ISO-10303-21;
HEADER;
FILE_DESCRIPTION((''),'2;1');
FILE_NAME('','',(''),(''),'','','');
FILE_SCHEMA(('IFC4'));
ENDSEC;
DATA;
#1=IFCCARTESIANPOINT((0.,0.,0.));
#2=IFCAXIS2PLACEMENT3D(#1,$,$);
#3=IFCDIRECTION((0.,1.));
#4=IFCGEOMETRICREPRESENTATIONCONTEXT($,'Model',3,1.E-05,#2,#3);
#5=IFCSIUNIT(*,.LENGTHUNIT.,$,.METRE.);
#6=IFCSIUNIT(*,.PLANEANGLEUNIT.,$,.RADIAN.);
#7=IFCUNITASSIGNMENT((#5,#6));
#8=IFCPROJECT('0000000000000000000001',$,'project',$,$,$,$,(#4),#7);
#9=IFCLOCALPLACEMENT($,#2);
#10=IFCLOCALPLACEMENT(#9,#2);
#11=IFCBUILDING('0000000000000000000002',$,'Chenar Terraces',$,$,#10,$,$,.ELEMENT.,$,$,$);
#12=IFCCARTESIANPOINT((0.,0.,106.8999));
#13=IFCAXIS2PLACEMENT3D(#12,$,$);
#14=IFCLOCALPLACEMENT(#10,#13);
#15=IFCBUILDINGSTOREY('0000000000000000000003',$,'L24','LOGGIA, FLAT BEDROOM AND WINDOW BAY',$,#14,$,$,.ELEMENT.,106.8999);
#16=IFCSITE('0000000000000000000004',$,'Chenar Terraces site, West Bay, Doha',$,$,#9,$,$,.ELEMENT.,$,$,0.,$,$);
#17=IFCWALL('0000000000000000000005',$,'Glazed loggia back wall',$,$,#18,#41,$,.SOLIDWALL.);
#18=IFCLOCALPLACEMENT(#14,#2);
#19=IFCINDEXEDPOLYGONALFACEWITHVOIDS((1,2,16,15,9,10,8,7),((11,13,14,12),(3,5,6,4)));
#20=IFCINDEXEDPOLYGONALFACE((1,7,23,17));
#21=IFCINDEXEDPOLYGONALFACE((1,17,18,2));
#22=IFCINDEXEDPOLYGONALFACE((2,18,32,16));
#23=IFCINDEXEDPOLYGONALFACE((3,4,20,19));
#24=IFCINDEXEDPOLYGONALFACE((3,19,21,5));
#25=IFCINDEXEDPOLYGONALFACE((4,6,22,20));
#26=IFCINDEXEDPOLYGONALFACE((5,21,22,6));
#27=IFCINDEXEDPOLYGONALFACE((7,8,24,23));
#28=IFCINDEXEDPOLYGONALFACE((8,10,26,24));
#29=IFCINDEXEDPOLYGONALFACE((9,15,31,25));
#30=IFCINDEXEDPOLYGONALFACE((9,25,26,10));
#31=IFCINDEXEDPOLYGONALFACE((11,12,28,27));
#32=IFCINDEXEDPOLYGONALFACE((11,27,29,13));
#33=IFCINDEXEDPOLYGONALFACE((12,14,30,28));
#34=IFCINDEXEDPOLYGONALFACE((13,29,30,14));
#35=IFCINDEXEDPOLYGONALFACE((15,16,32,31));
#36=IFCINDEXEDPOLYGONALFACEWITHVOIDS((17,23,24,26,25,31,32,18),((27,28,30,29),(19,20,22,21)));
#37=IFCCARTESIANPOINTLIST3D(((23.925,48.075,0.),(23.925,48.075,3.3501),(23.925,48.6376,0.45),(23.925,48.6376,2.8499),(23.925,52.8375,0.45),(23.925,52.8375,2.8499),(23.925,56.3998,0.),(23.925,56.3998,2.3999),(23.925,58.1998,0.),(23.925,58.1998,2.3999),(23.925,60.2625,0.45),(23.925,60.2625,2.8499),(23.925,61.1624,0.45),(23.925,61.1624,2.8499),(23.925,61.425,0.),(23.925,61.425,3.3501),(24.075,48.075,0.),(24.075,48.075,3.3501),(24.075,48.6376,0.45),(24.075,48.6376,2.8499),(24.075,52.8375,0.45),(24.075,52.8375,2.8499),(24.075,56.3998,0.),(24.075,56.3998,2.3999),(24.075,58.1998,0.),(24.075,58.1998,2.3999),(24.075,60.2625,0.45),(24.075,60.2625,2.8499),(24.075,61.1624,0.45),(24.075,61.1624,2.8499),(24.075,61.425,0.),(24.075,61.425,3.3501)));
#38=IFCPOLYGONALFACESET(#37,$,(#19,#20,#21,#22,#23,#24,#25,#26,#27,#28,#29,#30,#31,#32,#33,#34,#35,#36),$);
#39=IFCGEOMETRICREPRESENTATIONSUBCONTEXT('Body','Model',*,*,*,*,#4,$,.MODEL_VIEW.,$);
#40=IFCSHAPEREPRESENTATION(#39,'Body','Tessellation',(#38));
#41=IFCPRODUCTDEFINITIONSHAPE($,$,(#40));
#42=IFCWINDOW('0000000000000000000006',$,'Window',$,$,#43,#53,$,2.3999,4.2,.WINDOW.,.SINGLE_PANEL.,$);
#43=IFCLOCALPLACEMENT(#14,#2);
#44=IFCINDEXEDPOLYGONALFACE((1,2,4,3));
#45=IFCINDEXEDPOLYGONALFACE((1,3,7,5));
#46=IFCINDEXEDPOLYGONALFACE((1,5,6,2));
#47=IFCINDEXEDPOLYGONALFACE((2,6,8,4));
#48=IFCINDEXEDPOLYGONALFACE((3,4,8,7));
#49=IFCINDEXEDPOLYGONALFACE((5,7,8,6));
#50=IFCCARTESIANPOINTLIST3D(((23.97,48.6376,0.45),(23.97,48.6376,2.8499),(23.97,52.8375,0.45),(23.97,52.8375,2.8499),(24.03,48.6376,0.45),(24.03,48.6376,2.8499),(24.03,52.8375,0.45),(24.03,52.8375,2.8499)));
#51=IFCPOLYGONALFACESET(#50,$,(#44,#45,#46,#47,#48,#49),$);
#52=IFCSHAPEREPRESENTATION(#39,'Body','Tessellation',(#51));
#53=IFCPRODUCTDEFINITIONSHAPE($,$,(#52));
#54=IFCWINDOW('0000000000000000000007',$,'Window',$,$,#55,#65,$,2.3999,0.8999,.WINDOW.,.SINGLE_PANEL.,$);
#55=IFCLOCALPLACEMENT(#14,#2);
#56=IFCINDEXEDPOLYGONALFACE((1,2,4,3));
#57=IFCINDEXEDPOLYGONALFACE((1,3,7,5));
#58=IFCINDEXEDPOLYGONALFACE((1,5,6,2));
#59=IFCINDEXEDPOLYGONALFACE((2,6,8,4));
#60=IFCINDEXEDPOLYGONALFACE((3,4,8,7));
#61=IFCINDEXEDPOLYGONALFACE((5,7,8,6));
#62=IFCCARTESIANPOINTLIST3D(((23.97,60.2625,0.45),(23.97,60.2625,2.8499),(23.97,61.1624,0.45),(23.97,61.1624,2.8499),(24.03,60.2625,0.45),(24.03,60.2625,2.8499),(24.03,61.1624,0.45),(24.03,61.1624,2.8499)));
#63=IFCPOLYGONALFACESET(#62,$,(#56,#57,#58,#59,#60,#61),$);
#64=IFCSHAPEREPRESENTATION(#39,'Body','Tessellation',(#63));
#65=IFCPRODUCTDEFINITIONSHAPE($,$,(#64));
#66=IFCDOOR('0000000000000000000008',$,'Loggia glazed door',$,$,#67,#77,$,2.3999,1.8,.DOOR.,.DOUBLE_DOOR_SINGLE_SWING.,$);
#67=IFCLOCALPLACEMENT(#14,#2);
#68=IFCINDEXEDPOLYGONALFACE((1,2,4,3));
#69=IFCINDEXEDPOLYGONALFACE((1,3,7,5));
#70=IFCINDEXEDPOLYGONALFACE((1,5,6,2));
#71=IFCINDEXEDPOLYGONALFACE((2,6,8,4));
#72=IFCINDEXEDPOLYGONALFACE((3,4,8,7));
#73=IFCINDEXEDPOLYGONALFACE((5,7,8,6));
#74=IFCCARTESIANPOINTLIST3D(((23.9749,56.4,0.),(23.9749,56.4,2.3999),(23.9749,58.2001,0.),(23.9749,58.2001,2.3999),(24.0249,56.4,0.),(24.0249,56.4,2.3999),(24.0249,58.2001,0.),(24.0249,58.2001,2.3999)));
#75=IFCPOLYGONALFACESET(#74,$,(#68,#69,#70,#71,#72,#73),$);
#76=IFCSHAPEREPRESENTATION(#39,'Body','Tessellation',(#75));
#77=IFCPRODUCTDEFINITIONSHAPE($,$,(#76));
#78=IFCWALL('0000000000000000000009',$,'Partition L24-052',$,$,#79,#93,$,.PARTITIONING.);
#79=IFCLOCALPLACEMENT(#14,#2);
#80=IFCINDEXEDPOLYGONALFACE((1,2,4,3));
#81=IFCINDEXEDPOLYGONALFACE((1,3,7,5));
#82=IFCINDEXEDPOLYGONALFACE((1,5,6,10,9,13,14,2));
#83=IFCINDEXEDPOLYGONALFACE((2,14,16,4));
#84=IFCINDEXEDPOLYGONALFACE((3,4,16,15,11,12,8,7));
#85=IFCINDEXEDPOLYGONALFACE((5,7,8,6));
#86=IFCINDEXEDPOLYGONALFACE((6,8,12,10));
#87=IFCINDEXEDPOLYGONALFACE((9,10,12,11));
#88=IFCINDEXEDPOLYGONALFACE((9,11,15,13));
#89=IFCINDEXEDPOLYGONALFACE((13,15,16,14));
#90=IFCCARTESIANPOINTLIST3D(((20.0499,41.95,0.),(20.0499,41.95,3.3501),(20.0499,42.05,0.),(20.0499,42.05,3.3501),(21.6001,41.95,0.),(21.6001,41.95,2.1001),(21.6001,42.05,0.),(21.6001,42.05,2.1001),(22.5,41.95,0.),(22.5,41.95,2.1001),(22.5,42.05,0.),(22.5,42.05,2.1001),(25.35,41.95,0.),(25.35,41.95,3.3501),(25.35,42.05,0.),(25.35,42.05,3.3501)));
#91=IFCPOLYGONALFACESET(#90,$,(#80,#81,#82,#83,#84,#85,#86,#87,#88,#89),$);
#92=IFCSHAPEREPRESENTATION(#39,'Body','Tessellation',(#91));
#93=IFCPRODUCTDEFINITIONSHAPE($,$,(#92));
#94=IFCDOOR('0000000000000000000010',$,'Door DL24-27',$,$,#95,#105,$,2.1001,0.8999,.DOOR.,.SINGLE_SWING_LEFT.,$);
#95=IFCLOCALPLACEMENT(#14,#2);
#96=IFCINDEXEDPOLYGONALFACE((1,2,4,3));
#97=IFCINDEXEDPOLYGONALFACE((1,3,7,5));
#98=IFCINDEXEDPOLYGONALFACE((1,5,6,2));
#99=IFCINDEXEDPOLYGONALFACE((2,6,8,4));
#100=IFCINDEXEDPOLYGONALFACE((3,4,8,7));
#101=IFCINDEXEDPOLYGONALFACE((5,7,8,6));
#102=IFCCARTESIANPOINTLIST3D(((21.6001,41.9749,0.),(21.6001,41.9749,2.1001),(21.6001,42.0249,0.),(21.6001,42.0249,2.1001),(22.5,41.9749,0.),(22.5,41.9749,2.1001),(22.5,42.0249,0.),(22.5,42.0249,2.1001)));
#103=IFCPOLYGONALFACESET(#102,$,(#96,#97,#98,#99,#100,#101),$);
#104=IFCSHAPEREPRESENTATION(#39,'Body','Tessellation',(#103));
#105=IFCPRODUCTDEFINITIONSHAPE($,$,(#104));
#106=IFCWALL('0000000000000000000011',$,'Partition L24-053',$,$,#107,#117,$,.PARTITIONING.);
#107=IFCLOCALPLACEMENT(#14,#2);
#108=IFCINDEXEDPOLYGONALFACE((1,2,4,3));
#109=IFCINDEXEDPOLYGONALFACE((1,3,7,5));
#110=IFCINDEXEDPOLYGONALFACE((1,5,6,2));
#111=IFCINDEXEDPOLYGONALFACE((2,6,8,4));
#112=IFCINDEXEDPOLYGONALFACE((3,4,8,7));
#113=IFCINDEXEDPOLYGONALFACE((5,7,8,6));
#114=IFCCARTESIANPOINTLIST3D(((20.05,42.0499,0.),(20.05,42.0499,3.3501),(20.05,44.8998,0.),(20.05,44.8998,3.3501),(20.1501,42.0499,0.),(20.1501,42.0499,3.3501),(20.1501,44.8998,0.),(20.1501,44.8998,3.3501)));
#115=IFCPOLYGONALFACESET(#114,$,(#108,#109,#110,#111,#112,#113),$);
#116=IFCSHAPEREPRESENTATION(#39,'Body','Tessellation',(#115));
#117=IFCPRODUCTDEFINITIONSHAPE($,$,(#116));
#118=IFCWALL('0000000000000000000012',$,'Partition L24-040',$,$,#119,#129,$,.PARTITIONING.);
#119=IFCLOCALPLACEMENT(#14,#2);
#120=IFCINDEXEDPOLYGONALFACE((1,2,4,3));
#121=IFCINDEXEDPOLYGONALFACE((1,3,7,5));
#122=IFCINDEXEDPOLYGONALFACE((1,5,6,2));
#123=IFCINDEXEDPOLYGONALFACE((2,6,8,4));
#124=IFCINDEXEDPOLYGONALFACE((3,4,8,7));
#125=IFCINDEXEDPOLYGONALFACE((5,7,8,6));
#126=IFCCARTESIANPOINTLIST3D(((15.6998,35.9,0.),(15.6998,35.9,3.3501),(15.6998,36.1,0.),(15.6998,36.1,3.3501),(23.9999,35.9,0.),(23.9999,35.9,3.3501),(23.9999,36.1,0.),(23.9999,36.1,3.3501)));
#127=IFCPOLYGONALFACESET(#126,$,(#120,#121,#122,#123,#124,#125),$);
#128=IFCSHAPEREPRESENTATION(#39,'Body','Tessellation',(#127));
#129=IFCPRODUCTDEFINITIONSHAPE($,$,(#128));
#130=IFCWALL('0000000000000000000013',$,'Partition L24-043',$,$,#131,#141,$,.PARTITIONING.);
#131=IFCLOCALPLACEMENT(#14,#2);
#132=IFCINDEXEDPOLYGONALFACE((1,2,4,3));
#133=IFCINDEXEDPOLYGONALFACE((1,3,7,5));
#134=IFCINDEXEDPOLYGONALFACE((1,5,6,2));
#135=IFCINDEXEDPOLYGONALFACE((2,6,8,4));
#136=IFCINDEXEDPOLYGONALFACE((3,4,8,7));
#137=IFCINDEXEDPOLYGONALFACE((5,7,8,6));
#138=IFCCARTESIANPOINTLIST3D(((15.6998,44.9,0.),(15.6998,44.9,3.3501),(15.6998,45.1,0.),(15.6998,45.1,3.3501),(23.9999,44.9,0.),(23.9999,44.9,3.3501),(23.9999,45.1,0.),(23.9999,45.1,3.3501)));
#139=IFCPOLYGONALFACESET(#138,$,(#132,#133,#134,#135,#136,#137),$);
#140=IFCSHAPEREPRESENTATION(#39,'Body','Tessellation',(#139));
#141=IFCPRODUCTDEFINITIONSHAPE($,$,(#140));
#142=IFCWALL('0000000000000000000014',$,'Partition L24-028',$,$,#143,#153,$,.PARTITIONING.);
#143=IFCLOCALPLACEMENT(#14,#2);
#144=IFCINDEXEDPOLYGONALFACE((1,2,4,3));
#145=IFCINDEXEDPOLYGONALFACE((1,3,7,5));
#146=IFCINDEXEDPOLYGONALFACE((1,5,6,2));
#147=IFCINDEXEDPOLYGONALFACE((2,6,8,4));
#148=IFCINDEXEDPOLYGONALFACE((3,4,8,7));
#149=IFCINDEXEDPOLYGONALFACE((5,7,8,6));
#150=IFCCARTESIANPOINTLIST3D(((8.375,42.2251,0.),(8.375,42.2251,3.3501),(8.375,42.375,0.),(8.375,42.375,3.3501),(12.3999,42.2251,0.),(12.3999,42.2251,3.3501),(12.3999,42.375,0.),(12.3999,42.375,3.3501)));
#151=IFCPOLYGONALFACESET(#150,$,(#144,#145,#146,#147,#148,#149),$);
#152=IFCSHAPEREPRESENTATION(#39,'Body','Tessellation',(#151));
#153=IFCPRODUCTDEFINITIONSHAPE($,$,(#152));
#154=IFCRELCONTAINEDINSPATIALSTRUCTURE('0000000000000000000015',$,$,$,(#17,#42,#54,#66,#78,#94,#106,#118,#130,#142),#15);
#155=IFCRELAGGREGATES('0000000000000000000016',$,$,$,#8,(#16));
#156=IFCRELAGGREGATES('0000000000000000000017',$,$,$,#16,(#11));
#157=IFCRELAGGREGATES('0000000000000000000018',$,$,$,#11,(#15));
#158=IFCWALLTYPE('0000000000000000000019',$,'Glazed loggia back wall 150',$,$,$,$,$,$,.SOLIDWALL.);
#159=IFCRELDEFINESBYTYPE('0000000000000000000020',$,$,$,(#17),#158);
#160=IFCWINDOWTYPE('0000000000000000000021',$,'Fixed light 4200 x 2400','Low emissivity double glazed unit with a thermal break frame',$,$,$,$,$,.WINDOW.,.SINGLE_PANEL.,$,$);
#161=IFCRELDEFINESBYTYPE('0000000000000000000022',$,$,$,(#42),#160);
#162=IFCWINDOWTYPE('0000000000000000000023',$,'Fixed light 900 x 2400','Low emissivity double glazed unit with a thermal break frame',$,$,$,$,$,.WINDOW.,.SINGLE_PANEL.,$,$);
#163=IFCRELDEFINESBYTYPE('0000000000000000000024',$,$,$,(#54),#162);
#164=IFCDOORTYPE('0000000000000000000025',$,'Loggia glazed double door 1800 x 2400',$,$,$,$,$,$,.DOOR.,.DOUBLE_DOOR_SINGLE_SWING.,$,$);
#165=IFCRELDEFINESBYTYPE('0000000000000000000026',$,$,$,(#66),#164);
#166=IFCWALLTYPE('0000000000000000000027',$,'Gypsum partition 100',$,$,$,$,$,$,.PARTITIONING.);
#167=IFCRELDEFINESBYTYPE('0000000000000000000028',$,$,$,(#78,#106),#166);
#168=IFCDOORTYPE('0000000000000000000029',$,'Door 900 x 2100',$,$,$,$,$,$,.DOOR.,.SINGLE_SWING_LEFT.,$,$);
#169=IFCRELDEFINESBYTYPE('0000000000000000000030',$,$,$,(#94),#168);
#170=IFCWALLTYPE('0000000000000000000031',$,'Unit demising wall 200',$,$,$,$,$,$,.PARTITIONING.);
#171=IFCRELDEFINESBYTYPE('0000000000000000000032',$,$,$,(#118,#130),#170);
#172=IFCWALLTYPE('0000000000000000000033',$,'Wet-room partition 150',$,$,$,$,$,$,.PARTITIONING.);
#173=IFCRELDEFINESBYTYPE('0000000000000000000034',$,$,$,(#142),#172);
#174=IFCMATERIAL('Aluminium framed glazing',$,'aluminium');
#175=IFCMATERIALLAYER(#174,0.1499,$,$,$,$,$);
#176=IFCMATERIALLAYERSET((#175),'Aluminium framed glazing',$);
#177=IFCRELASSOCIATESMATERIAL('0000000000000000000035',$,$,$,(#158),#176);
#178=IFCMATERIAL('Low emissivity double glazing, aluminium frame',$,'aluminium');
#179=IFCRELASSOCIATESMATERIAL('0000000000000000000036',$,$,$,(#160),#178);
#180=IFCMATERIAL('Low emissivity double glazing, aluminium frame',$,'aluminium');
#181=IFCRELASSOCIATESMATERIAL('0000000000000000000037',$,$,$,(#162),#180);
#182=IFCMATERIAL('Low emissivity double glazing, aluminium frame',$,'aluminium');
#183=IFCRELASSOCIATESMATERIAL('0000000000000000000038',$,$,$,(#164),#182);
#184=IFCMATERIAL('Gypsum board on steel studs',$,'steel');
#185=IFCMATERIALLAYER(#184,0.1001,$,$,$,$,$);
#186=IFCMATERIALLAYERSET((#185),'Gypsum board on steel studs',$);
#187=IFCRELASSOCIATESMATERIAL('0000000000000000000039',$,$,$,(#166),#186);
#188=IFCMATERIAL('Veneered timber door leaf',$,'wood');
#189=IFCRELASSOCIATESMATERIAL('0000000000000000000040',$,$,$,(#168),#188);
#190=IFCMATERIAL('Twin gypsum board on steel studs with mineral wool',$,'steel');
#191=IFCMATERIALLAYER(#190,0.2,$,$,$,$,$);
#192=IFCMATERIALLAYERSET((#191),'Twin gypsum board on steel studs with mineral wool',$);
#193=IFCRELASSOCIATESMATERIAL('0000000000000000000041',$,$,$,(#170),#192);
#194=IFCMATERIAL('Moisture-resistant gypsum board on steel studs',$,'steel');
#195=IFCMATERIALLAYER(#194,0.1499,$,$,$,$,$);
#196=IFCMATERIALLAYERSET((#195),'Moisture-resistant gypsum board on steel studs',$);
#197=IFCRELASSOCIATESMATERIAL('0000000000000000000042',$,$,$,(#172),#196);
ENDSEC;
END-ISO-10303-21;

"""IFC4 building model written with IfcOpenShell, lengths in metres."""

from ifc_helpers import new_model, si_unit, direction, frame, frame_2d, origin, place, context, subcontext, project, spatial, rectangle, extrude, material, layer, layer_set, type_object, element, fill, save


model = new_model("IFC4")

# Units and contexts
model_context = context("Model", 3, precision=1e-05, world=origin(), true_north=direction((0.0, 1.0)))
body_context = subcontext(model_context, "Body", "Model", "MODEL_VIEW")
ifc_project = project(units=[si_unit("LENGTHUNIT", "METRE"), si_unit("PLANEANGLEUNIT", "RADIAN")], contexts=[model_context])

# Site, building, storey
site_placement = place(None, origin())
site = spatial("IfcSite", under=ifc_project, at=site_placement, Name="Chenar Terraces site, West Bay, Doha", CompositionType="ELEMENT", RefElevation=0.0)
building_placement = place(site_placement, origin())
building = spatial("IfcBuilding", under=site, at=building_placement, Name="Chenar Terraces", CompositionType="ELEMENT")
storey_placement = place(building_placement, frame((0.0, 0.0, 106.8999)))
storey = spatial("IfcBuildingStorey", under=building, at=storey_placement, Name="L24", Description="LOGGIA, FLAT BEDROOM AND WINDOW BAY", CompositionType="ELEMENT", Elevation=106.8999)

# Wall, openings, windows, door
ifc_material_1 = material(Name="Aluminium framed glazing", Category="aluminium")
ifc_layer_1 = layer(ifc_material_1, 0.1499)
ifc_layer_set_1 = layer_set([ifc_layer_1], Name="Aluminium framed glazing")
wall_type_1 = type_object("IfcWallType", Name="Glazed loggia back wall 150", PredefinedType="SOLIDWALL", material=ifc_layer_set_1)
wall_1_placement = place(storey_placement, frame((24.0, 48.075, 0.0), z_axis=(0.0, 0.0, 1.0), x_axis=(0.0, 1.0, 0.0)))
wall_1 = element("IfcWall", 1, at=wall_1_placement, inside=storey, type_object=wall_type_1, Name="Glazed loggia back wall", PredefinedType="SOLIDWALL", context=body_context, shape_type="SweptSolid", body=[
    extrude(rectangle(XDim=13.3501, YDim=0.1499, at=frame_2d((6.675, 0.0))), origin(), (0.0, 0.0, 1.0), 3.3501),
])
opening_1_placement = place(wall_1_placement, frame((0.5625, 0.0, 0.45)))
opening_1 = element("IfcOpeningElement", 2, at=opening_1_placement, cuts=wall_1, PredefinedType="OPENING", context=body_context, shape_type="SweptSolid", body=[
    extrude(rectangle(XDim=4.2, YDim=2.3999, at=frame_2d((2.1001, 1.2))), frame((0.0, 0.085, 0.0), z_axis=(0.0, -1.0, 0.0), x_axis=(1.0, 0.0, 0.0)), (0.0, 0.0, 1.0), 0.1699),
])
opening_2_placement = place(wall_1_placement, frame((8.325, 0.0, 0.0)))
opening_2 = element("IfcOpeningElement", 3, at=opening_2_placement, cuts=wall_1, PredefinedType="OPENING", context=body_context, shape_type="SweptSolid", body=[
    extrude(rectangle(XDim=1.8, YDim=2.3999, at=frame_2d((0.8999, 1.2))), frame((0.0, 0.085, 0.0), z_axis=(0.0, -1.0, 0.0), x_axis=(1.0, 0.0, 0.0)), (0.0, 0.0, 1.0), 0.1699),
])
opening_3_placement = place(wall_1_placement, frame((12.1875, 0.0, 0.45)))
opening_3 = element("IfcOpeningElement", 4, at=opening_3_placement, cuts=wall_1, PredefinedType="OPENING", context=body_context, shape_type="SweptSolid", body=[
    extrude(rectangle(XDim=0.8999, YDim=2.3999, at=frame_2d((0.45, 1.2))), frame((0.0, 0.085, 0.0), z_axis=(0.0, -1.0, 0.0), x_axis=(1.0, 0.0, 0.0)), (0.0, 0.0, 1.0), 0.1699),
])
ifc_material_2 = material(Name="Low emissivity double glazing, aluminium frame", Category="aluminium")
window_type_1 = type_object("IfcWindowType", Name="Fixed light 4200 x 2400", Description="Low emissivity double glazed unit with a thermal break frame", PartitioningType="SINGLE_PANEL", PredefinedType="WINDOW", material=ifc_material_2)
window_1_placement = place(opening_1_placement, origin())
window_1 = element("IfcWindow", 5, at=window_1_placement, inside=storey, type_object=window_type_1, Name="Window", OverallHeight=2.3999, OverallWidth=4.2, PartitioningType="SINGLE_PANEL", PredefinedType="WINDOW", context=body_context, shape_type="SweptSolid", body=[
    extrude(rectangle(XDim=4.2, YDim=2.3999, at=frame_2d((2.1001, 1.2))), frame((0.0, 0.03, 0.0), z_axis=(0.0, -1.0, 0.0), x_axis=(1.0, 0.0, 0.0)), (0.0, 0.0, 1.0), 0.0601),
])
fill(opening_1, window_1)
ifc_material_3 = material(Name="Low emissivity double glazing, aluminium frame", Category="aluminium")
window_type_2 = type_object("IfcWindowType", Name="Fixed light 900 x 2400", Description="Low emissivity double glazed unit with a thermal break frame", PartitioningType="SINGLE_PANEL", PredefinedType="WINDOW", material=ifc_material_3)
window_2_placement = place(opening_3_placement, origin())
window_2 = element("IfcWindow", 6, at=window_2_placement, inside=storey, type_object=window_type_2, Name="Window", OverallHeight=2.3999, OverallWidth=0.8999, PartitioningType="SINGLE_PANEL", PredefinedType="WINDOW", context=body_context, shape_type="SweptSolid", body=[
    extrude(rectangle(XDim=0.8999, YDim=2.3999, at=frame_2d((0.45, 1.2))), frame((0.0, 0.03, 0.0), z_axis=(0.0, -1.0, 0.0), x_axis=(1.0, 0.0, 0.0)), (0.0, 0.0, 1.0), 0.0601),
])
fill(opening_3, window_2)
ifc_material_4 = material(Name="Low emissivity double glazing, aluminium frame", Category="aluminium")
door_type_1 = type_object("IfcDoorType", Name="Loggia glazed double door 1800 x 2400", OperationType="DOUBLE_DOOR_SINGLE_SWING", PredefinedType="DOOR", material=ifc_material_4)
door_1_placement = place(opening_2_placement, frame((1.8, 0.0, 0.0), z_axis=(0.0, 0.0, 1.0), x_axis=(-1.0, 0.0, 0.0)))
door_1 = element("IfcDoor", 7, at=door_1_placement, inside=storey, type_object=door_type_1, Name="Loggia glazed door", OperationType="DOUBLE_DOOR_SINGLE_SWING", OverallHeight=2.3999, OverallWidth=1.8, PredefinedType="DOOR", context=body_context, shape_type="SweptSolid", body=[
    extrude(rectangle(XDim=1.8, YDim=2.3999, at=frame_2d((0.8999, 1.2))), frame((0.0, 0.0249, 0.0), z_axis=(0.0, -1.0, 0.0), x_axis=(1.0, 0.0, 0.0)), (0.0, 0.0, 1.0), 0.05),
])
fill(opening_2, door_1)

# Wall, opening, door
ifc_material_5 = material(Name="Gypsum board on steel studs", Category="steel")
ifc_layer_2 = layer(ifc_material_5, 0.1001)
ifc_layer_set_2 = layer_set([ifc_layer_2], Name="Gypsum board on steel studs")
wall_type_2 = type_object("IfcWallType", Name="Gypsum partition 100", PredefinedType="PARTITIONING", material=ifc_layer_set_2)
wall_2_placement = place(storey_placement, frame((20.05, 42.0, 0.0), z_axis=(0.0, 0.0, 1.0), x_axis=(1.0, 0.0, 0.0)))
wall_2 = element("IfcWall", 8, at=wall_2_placement, inside=storey, type_object=wall_type_2, Name="Partition L24-052", PredefinedType="PARTITIONING", context=body_context, shape_type="SweptSolid", body=[
    extrude(rectangle(XDim=5.3, YDim=0.1001, at=frame_2d((2.6499, 0.0))), origin(), (0.0, 0.0, 1.0), 3.3501),
])
opening_4_placement = place(wall_2_placement, frame((1.55, 0.0, 0.0)))
opening_4 = element("IfcOpeningElement", 9, at=opening_4_placement, cuts=wall_2, PredefinedType="OPENING", context=body_context, shape_type="SweptSolid", body=[
    extrude(rectangle(XDim=0.8999, YDim=2.1001, at=frame_2d((0.45, 1.05))), frame((0.0, 0.0601, 0.0), z_axis=(0.0, -1.0, 0.0), x_axis=(1.0, 0.0, 0.0)), (0.0, 0.0, 1.0), 0.1201),
])
ifc_material_6 = material(Name="Veneered timber door leaf", Category="wood")
door_type_2 = type_object("IfcDoorType", Name="Door 900 x 2100", OperationType="SINGLE_SWING_LEFT", PredefinedType="DOOR", material=ifc_material_6)
door_2_placement = place(opening_4_placement, origin())
door_2 = element("IfcDoor", 10, at=door_2_placement, inside=storey, type_object=door_type_2, Name="Door DL24-27", OperationType="SINGLE_SWING_LEFT", OverallHeight=2.1001, OverallWidth=0.8999, PredefinedType="DOOR", context=body_context, shape_type="SweptSolid", body=[
    extrude(rectangle(XDim=0.8999, YDim=2.1001, at=frame_2d((0.45, 1.05))), frame((0.0, 0.0249, 0.0), z_axis=(0.0, -1.0, 0.0), x_axis=(1.0, 0.0, 0.0)), (0.0, 0.0, 1.0), 0.05),
])
fill(opening_4, door_2)

# Walls
wall_3_placement = place(storey_placement, frame((20.1001, 42.05, 0.0), z_axis=(0.0, 0.0, 1.0), x_axis=(0.0, 1.0, 0.0)))
element("IfcWall", 11, at=wall_3_placement, inside=storey, type_object=wall_type_2, Name="Partition L24-053", PredefinedType="PARTITIONING", context=body_context, shape_type="SweptSolid", body=[
    extrude(rectangle(XDim=2.8499, YDim=0.1001, at=frame_2d((1.4248, 0.0))), origin(), (0.0, 0.0, 1.0), 3.3501),
])
ifc_material_7 = material(Name="Twin gypsum board on steel studs with mineral wool", Category="steel")
ifc_layer_3 = layer(ifc_material_7, 0.2)
ifc_layer_set_3 = layer_set([ifc_layer_3], Name="Twin gypsum board on steel studs with mineral wool")
wall_type_3 = type_object("IfcWallType", Name="Unit demising wall 200", PredefinedType="PARTITIONING", material=ifc_layer_set_3)
for number, where, z_axis, x_axis, name in (
    (12, (15.7, 36.0, 0.0), (0.0, 0.0, 1.0), (1.0, 0.0, 0.0), "Partition L24-040"),
    (13, (15.7, 45.0, 0.0), (0.0, 0.0, 1.0), (1.0, 0.0, 0.0), "Partition L24-043"),
):
    element("IfcWall", number, at=place(storey_placement, frame(where, z_axis=z_axis, x_axis=x_axis)), inside=storey, type_object=wall_type_3, Name=name, PredefinedType="PARTITIONING", context=body_context, shape_type="SweptSolid", body=[
        extrude(rectangle(XDim=8.3, YDim=0.2, at=frame_2d((4.1499, 0.0))), origin(), (0.0, 0.0, 1.0), 3.3501),
    ])
ifc_material_8 = material(Name="Moisture-resistant gypsum board on steel studs", Category="steel")
ifc_layer_4 = layer(ifc_material_8, 0.1499)
ifc_layer_set_4 = layer_set([ifc_layer_4], Name="Moisture-resistant gypsum board on steel studs")
wall_type_4 = type_object("IfcWallType", Name="Wet-room partition 150", PredefinedType="PARTITIONING", material=ifc_layer_set_4)
wall_4_placement = place(storey_placement, frame((8.375, 42.3, 0.0), z_axis=(0.0, 0.0, 1.0), x_axis=(1.0, 0.0, 0.0)))
element("IfcWall", 14, at=wall_4_placement, inside=storey, type_object=wall_type_4, Name="Partition L24-028", PredefinedType="PARTITIONING", context=body_context, shape_type="SweptSolid", body=[
    extrude(rectangle(XDim=4.0249, YDim=0.1499, at=frame_2d((2.0125, 0.0))), origin(), (0.0, 0.0, 1.0), 3.3501),
])

save(model, "model.ifc")
